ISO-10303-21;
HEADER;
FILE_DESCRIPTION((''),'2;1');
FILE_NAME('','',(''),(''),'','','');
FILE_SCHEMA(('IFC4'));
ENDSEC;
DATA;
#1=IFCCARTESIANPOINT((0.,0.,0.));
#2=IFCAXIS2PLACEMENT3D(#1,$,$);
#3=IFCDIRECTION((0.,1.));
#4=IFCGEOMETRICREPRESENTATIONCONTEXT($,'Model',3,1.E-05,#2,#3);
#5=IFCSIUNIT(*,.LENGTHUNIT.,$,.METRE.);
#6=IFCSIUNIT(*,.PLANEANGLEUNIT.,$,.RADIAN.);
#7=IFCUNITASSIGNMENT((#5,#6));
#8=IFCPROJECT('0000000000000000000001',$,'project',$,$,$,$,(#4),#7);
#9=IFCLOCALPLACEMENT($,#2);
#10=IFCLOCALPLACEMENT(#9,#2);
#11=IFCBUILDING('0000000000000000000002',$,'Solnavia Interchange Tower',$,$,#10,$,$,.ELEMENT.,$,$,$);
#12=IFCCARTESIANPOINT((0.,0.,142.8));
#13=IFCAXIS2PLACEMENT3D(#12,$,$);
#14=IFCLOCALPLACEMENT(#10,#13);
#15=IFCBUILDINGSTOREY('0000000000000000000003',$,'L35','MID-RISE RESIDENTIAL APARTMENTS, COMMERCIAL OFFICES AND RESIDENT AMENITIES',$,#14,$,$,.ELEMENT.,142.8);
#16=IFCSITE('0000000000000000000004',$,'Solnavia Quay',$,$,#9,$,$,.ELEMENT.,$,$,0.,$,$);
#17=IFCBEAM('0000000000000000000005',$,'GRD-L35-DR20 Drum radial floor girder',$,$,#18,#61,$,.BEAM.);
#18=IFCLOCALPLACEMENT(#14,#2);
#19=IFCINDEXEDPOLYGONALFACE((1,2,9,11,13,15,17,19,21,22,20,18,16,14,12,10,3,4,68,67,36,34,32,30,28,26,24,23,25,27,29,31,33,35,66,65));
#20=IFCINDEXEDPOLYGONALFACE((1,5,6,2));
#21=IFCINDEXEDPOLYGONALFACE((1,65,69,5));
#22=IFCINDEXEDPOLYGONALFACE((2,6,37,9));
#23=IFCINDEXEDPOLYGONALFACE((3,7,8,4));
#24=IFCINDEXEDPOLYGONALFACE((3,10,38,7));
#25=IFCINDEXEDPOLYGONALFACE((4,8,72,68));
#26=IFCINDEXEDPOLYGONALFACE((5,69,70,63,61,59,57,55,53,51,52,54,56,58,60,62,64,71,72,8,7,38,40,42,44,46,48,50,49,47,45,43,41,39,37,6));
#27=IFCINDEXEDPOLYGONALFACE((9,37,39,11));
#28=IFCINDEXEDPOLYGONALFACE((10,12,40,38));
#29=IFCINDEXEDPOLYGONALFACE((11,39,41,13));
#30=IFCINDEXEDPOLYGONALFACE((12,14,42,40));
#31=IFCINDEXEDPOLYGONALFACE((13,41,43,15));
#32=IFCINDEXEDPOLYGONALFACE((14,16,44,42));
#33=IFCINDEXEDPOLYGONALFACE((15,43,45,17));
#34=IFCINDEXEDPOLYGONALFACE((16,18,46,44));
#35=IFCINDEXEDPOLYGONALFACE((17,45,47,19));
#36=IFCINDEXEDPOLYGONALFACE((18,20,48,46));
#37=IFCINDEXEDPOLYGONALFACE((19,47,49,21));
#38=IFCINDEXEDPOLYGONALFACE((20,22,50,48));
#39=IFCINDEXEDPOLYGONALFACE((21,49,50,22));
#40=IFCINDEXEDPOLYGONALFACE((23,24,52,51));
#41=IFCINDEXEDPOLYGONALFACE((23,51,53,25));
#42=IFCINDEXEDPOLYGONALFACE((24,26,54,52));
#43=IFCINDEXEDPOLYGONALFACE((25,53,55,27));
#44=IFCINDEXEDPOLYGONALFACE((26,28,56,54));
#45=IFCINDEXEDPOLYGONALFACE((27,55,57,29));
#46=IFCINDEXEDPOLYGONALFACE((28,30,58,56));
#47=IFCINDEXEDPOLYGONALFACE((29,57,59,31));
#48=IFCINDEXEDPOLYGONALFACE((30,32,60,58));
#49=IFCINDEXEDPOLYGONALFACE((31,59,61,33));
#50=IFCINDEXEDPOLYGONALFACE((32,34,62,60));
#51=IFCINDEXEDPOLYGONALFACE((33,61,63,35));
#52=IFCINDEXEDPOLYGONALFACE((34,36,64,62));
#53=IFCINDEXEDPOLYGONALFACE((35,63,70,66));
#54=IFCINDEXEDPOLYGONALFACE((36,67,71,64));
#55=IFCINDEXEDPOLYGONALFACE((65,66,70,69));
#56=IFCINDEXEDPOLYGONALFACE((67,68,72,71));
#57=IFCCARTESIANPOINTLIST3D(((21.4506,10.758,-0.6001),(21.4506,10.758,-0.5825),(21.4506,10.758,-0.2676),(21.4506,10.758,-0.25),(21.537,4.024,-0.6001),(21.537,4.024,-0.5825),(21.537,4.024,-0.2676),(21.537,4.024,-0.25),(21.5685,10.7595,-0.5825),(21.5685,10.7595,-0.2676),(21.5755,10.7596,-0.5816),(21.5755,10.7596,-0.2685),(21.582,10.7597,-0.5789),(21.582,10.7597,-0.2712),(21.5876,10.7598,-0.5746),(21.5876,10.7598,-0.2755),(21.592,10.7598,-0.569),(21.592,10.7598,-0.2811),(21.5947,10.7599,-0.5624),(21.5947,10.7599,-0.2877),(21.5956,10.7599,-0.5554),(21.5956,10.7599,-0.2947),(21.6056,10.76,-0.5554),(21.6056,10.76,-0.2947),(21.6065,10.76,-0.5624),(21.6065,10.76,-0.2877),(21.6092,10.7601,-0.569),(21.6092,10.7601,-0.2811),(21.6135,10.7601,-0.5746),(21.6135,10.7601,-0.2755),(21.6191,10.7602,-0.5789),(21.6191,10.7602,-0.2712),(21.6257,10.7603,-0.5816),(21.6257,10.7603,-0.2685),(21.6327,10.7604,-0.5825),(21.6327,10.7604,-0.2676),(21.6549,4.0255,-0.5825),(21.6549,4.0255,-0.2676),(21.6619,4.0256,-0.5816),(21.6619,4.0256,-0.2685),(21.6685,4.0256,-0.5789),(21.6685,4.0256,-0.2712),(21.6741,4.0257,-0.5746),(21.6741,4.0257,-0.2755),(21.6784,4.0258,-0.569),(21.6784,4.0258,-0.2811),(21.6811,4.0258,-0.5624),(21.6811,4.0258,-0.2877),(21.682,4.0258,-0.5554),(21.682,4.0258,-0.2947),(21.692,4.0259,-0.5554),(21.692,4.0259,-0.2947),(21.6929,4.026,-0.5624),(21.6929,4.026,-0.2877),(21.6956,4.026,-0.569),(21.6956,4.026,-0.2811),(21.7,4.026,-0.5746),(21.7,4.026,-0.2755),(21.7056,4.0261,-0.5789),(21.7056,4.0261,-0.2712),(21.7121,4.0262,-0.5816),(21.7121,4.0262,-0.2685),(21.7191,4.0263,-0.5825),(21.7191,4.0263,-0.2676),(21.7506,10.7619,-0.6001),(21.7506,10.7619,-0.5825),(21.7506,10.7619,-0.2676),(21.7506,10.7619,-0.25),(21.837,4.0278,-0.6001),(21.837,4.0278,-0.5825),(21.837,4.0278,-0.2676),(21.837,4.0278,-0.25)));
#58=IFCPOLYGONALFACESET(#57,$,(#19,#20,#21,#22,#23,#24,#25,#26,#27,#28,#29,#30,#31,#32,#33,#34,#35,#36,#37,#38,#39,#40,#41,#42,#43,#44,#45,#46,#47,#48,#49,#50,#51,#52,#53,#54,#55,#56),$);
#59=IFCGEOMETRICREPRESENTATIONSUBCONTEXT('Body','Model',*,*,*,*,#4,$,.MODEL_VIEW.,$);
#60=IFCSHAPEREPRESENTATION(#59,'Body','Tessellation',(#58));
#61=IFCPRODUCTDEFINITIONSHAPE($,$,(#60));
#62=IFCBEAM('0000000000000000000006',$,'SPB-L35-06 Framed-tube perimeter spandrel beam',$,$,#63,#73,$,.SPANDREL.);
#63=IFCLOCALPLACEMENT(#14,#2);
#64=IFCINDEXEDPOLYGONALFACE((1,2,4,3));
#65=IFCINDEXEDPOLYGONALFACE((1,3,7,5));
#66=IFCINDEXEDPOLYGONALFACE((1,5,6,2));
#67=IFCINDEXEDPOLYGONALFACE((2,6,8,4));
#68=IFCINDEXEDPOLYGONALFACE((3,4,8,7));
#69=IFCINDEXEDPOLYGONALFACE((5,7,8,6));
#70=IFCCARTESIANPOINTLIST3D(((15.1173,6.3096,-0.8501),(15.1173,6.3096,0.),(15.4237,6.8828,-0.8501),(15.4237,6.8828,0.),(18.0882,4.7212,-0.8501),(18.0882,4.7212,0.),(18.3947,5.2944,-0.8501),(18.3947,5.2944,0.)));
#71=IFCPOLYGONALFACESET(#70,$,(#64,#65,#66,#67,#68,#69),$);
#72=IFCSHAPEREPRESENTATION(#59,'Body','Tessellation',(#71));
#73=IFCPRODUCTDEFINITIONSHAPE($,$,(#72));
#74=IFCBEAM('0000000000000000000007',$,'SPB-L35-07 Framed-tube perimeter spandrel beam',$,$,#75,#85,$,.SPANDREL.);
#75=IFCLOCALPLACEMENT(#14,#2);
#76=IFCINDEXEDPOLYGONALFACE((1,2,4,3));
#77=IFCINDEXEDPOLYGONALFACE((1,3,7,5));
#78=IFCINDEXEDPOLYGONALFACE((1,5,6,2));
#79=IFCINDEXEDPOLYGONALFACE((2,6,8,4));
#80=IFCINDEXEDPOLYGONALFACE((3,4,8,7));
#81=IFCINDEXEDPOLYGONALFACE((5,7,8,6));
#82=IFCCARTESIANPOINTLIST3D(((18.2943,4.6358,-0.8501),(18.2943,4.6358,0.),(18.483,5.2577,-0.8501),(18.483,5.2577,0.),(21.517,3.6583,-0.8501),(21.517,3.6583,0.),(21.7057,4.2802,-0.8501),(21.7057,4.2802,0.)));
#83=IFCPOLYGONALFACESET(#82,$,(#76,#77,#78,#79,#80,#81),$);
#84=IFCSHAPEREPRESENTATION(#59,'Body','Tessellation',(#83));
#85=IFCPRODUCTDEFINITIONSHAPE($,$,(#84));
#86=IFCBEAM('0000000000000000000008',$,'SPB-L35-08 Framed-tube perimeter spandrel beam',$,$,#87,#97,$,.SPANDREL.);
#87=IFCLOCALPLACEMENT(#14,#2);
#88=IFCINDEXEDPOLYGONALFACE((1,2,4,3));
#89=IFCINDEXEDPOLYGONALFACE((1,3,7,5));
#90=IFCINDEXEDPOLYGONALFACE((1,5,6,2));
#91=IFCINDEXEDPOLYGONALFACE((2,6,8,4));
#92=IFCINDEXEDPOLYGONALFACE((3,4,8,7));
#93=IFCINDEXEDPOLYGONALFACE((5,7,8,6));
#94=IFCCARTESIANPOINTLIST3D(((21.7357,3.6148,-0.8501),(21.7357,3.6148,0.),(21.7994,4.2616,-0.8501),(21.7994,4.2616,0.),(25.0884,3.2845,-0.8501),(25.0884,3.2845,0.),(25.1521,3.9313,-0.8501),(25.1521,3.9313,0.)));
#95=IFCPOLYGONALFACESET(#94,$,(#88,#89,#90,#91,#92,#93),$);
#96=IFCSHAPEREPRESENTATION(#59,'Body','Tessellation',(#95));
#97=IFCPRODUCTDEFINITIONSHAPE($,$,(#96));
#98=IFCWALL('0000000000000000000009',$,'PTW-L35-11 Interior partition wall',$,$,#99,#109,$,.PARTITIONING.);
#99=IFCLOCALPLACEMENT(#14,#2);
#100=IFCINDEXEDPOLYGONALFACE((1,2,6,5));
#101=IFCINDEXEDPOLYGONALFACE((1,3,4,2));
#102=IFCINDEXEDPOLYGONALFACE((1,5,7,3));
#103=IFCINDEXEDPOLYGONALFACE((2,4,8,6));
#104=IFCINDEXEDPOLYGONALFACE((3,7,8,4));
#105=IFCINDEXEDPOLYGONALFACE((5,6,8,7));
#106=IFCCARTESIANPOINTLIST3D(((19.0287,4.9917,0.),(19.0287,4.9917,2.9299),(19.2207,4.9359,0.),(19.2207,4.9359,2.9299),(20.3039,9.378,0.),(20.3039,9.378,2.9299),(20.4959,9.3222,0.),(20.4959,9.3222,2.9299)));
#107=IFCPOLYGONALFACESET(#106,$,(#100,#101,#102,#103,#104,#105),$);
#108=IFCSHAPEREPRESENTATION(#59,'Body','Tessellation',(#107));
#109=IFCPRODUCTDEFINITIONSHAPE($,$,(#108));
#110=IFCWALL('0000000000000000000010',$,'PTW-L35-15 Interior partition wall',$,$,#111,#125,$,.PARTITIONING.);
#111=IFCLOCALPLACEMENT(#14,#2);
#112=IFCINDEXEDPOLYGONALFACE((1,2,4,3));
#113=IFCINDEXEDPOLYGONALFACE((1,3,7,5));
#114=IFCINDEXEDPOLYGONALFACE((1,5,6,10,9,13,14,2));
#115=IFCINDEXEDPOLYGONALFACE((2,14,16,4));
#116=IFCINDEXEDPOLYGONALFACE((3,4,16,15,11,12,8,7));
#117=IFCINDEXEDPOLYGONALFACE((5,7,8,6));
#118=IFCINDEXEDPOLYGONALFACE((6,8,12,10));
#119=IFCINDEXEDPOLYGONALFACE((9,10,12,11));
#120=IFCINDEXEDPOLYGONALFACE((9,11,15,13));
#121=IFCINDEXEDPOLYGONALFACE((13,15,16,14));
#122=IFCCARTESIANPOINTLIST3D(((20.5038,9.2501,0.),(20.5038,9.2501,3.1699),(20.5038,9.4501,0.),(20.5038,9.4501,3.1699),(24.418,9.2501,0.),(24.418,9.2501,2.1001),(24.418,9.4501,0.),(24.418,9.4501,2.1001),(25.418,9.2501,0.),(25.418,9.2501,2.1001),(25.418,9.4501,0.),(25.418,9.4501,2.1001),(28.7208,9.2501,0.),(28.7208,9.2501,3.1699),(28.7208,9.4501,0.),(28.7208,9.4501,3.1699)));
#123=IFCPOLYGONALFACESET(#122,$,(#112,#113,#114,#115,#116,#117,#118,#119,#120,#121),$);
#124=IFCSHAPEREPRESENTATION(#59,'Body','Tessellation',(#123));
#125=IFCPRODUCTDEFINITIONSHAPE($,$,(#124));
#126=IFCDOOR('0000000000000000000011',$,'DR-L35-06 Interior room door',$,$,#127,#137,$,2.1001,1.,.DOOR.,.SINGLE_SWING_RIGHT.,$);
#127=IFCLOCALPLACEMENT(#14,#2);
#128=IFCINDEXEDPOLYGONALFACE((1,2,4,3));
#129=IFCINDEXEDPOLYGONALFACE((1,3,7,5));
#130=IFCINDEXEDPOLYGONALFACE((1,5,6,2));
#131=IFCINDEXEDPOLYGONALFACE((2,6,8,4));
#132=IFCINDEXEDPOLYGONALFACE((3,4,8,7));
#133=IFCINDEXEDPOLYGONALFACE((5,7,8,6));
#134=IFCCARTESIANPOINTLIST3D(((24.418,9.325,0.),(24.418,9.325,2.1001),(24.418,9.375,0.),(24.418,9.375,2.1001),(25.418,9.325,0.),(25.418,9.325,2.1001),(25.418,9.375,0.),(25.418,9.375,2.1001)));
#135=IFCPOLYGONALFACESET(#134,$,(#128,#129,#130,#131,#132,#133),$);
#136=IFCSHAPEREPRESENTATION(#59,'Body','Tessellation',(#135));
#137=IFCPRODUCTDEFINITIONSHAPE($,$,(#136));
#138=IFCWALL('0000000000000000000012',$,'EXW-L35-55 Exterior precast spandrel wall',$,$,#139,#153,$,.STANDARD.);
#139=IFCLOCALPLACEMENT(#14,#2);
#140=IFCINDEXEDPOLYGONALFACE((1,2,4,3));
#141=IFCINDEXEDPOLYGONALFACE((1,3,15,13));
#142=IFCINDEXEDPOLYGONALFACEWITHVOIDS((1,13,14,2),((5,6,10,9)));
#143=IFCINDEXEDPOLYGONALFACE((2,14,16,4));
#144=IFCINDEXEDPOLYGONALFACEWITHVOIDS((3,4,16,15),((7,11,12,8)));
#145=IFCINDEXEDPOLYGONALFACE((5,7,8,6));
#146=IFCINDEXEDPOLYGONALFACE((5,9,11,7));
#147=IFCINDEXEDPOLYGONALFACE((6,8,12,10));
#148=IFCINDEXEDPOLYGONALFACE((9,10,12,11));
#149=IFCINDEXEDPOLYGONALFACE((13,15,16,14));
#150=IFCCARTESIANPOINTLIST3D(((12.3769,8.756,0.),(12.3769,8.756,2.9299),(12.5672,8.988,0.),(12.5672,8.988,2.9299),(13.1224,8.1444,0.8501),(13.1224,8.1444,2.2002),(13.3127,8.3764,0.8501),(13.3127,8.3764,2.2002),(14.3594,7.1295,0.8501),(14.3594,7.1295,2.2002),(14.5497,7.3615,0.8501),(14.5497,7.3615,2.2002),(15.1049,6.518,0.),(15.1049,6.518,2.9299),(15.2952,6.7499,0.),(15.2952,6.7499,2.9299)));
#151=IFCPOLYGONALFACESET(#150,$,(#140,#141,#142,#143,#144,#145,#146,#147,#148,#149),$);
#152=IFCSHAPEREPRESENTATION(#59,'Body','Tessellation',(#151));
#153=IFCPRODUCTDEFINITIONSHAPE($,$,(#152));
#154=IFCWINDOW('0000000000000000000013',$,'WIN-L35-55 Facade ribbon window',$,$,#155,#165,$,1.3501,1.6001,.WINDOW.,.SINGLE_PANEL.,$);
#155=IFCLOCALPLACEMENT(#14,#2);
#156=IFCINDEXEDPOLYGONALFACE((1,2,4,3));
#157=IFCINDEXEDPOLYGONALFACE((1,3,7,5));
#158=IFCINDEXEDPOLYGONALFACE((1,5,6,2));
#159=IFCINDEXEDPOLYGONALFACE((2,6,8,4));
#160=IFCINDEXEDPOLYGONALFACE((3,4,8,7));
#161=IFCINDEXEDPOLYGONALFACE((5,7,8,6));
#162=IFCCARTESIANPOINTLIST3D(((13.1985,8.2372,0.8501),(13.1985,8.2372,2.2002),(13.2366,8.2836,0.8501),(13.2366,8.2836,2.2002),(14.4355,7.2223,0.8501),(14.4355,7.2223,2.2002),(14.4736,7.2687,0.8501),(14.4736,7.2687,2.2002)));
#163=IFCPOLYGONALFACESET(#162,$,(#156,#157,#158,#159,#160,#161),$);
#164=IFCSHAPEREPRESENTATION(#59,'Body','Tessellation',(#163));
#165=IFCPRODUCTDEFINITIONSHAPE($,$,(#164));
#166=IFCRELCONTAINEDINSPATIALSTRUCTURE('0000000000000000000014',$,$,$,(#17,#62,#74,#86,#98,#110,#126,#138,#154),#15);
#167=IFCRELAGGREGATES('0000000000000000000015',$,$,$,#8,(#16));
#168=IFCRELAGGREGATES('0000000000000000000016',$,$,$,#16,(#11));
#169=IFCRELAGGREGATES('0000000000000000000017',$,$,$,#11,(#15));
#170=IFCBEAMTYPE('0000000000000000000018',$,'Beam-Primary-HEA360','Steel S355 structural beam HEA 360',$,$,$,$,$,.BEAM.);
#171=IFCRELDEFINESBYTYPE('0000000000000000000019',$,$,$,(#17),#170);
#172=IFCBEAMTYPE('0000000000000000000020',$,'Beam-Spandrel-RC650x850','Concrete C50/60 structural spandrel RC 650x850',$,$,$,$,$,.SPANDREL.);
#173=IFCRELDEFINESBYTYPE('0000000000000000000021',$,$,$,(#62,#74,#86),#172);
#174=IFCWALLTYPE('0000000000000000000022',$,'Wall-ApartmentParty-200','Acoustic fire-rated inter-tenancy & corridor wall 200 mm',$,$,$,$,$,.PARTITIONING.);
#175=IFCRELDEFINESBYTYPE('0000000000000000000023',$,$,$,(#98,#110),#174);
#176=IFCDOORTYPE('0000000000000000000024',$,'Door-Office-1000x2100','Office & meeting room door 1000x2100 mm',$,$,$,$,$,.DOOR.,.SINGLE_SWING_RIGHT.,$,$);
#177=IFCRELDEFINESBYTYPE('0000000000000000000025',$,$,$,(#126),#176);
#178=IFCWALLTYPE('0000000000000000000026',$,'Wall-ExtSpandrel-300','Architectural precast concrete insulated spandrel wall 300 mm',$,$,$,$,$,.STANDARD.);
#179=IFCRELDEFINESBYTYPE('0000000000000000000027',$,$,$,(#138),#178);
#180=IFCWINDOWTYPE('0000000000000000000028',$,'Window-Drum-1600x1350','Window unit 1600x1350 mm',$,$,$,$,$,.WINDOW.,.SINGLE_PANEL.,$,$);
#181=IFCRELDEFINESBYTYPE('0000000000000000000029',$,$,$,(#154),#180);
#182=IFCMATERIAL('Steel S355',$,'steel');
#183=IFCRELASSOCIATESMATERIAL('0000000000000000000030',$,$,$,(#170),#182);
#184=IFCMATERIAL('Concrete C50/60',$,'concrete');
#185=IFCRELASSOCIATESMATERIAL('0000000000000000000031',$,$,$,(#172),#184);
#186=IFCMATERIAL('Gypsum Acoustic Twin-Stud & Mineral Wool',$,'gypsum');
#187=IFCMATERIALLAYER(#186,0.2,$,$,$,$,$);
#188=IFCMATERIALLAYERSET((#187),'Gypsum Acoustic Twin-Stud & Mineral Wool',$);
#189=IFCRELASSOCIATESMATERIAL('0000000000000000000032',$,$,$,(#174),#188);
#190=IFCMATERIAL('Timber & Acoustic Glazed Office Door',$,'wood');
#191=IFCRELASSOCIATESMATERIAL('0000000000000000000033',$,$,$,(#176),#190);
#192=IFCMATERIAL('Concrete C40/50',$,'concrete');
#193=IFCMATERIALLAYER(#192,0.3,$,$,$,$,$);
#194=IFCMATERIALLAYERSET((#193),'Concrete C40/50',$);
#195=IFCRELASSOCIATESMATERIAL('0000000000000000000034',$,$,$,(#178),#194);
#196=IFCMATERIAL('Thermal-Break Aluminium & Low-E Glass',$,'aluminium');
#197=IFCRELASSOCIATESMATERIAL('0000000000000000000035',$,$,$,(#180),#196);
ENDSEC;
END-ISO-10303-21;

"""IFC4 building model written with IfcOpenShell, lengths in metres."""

from ifc_helpers import new_model, si_unit, direction, frame, frame_2d, origin, origin_2d, place, context, subcontext, project, spatial, rectangle, i_section, extrude, material, layer, layer_set, material_profile, profile_set, type_object, element, fill, save


model = new_model("IFC4")

# Units and contexts
model_context = context("Model", 3, precision=1e-05, world=origin(), true_north=direction((0.0, 1.0)))
body_context = subcontext(model_context, "Body", "Model", "MODEL_VIEW")
ifc_project = project(units=[si_unit("LENGTHUNIT", "METRE"), si_unit("PLANEANGLEUNIT", "RADIAN")], contexts=[model_context])

# Site, building, storey
site_placement = place(None, origin())
site = spatial("IfcSite", under=ifc_project, at=site_placement, Name="Solnavia Quay", CompositionType="ELEMENT", RefElevation=0.0)
building_placement = place(site_placement, origin())
building = spatial("IfcBuilding", under=site, at=building_placement, Name="Solnavia Interchange Tower", CompositionType="ELEMENT")
storey_placement = place(building_placement, frame((0.0, 0.0, 142.8)))
storey = spatial("IfcBuildingStorey", under=building, at=storey_placement, Name="L35", Description="MID-RISE RESIDENTIAL APARTMENTS, COMMERCIAL OFFICES AND RESIDENT AMENITIES", CompositionType="ELEMENT", Elevation=142.8)

# Shared definitions
ifc_material_1 = material(Name="Concrete C50/60", Category="concrete")
ifc_material_2 = material(Name="Steel S355", Category="steel")

# Beams
ifc_material_profile_1 = material_profile(ifc_material_2, i_section(OverallWidth=0.3, OverallDepth=0.3501, WebThickness=0.01, FlangeThickness=0.0176, FilletRadius=0.0271, at=origin_2d()), Name="HEA 360")
ifc_profile_set_1 = profile_set([ifc_material_profile_1], Name="Steel S355")
beam_type_1 = type_object("IfcBeamType", Name="Beam-Primary-HEA360", Description="Steel S355 structural beam HEA 360", PredefinedType="BEAM", material=ifc_profile_set_1)
beam_1_placement = place(storey_placement, frame((21.687, 4.0259, -0.425), z_axis=(-0.012833, 0.999918, 0.0), x_axis=(-0.999918, -0.012833, 0.0)))
element("IfcBeam", 1, at=beam_1_placement, inside=storey, type_object=beam_type_1, Name="GRD-L35-DR20 Drum radial floor girder", PredefinedType="BEAM", context=body_context, shape_type="SweptSolid", body=[
    extrude(i_section(OverallWidth=0.3, OverallDepth=0.3501, WebThickness=0.01, FlangeThickness=0.0176, FilletRadius=0.0271, at=origin_2d()), origin(), (0.0, 0.0, 1.0), 6.7346),
])
ifc_material_profile_2 = material_profile(ifc_material_1, rectangle(XDim=0.6499, YDim=0.8501, at=origin_2d()), Name="RC 650x850")
ifc_profile_set_2 = profile_set([ifc_material_profile_2], Name="Concrete C50/60")
beam_type_2 = type_object("IfcBeamType", Name="Beam-Spandrel-RC650x850", Description="Concrete C50/60 structural spandrel RC 650x850", PredefinedType="SPANDREL", material=ifc_profile_set_2)
beam_2_placement = place(storey_placement, frame((15.2705, 6.5962, -0.425), z_axis=(0.881875, -0.471483, 0.0), x_axis=(0.471483, 0.881875, 0.0)))
element("IfcBeam", 2, at=beam_2_placement, inside=storey, type_object=beam_type_2, Name="SPB-L35-06 Framed-tube perimeter spandrel beam", PredefinedType="SPANDREL", context=body_context, shape_type="SweptSolid", body=[
    extrude(rectangle(XDim=0.6499, YDim=0.8501, at=origin_2d()), origin(), (0.0, 0.0, 1.0), 3.3689),
])
beam_3_placement = place(storey_placement, frame((18.3887, 4.9468, -0.425), z_axis=(0.956944, -0.290273, 0.0), x_axis=(0.290273, 0.956944, 0.0)))
element("IfcBeam", 3, at=beam_3_placement, inside=storey, type_object=beam_type_2, Name="SPB-L35-07 Framed-tube perimeter spandrel beam", PredefinedType="SPANDREL", context=body_context, shape_type="SweptSolid", body=[
    extrude(rectangle(XDim=0.6499, YDim=0.8501, at=origin_2d()), origin(), (0.0, 0.0, 1.0), 3.3677),
])
beam_4_placement = place(storey_placement, frame((21.7676, 3.9382, -0.425), z_axis=(0.995182, -0.098047, 0.0), x_axis=(0.098047, 0.995182, 0.0)))
element("IfcBeam", 4, at=beam_4_placement, inside=storey, type_object=beam_type_2, Name="SPB-L35-08 Framed-tube perimeter spandrel beam", PredefinedType="SPANDREL", context=body_context, shape_type="SweptSolid", body=[
    extrude(rectangle(XDim=0.6499, YDim=0.8501, at=origin_2d()), origin(), (0.0, 0.0, 1.0), 3.3689),
])

# Wall
ifc_material_3 = material(Name="Gypsum Acoustic Twin-Stud & Mineral Wool", Category="gypsum")
ifc_layer_1 = layer(ifc_material_3, 0.2)
ifc_layer_set_1 = layer_set([ifc_layer_1], Name="Gypsum Acoustic Twin-Stud & Mineral Wool")
wall_type_1 = type_object("IfcWallType", Name="Wall-ApartmentParty-200", Description="Acoustic fire-rated inter-tenancy & corridor wall 200 mm", PredefinedType="PARTITIONING", material=ifc_layer_set_1)
wall_1_placement = place(storey_placement, frame((20.3999, 9.3501, 0.0), z_axis=(0.0, 0.0, 1.0), x_axis=(-0.279158, -0.960245, 0.0)))
element("IfcWall", 5, at=wall_1_placement, inside=storey, type_object=wall_type_1, Name="PTW-L35-11 Interior partition wall", PredefinedType="PARTITIONING", context=body_context, shape_type="SweptSolid", body=[
    extrude(rectangle(XDim=4.5679, YDim=0.2, at=frame_2d((2.2839, 0.0))), origin(), (0.0, 0.0, 1.0), 2.9299),
])

# Wall, opening, door
wall_2_placement = place(storey_placement, frame((20.5039, 9.3501, 0.0), z_axis=(0.0, 0.0, 1.0), x_axis=(1.0, 0.0, 0.0)))
wall_2 = element("IfcWall", 6, at=wall_2_placement, inside=storey, type_object=wall_type_1, Name="PTW-L35-15 Interior partition wall", PredefinedType="PARTITIONING", context=body_context, shape_type="SweptSolid", body=[
    extrude(rectangle(XDim=8.217, YDim=0.2, at=frame_2d((4.1084, 0.0))), origin(), (0.0, 0.0, 1.0), 3.1699),
])
opening_1_placement = place(wall_2_placement, frame((3.9141, 0.0, 0.0)))
opening_1 = element("IfcOpeningElement", 7, at=opening_1_placement, cuts=wall_2, PredefinedType="OPENING", context=body_context, shape_type="SweptSolid", body=[
    extrude(rectangle(XDim=1.0, YDim=2.1001, at=frame_2d((0.5, 1.05))), frame((0.0, 0.1099, 0.0), z_axis=(0.0, -1.0, 0.0), x_axis=(1.0, 0.0, 0.0)), (0.0, 0.0, 1.0), 0.22),
])
ifc_material_4 = material(Name="Timber & Acoustic Glazed Office Door", Category="wood")
door_type = type_object("IfcDoorType", Name="Door-Office-1000x2100", Description="Office & meeting room door 1000x2100 mm", OperationType="SINGLE_SWING_RIGHT", PredefinedType="DOOR", material=ifc_material_4)
door_placement = place(opening_1_placement, origin())
door = element("IfcDoor", 8, at=door_placement, inside=storey, type_object=door_type, Name="DR-L35-06 Interior room door", OperationType="SINGLE_SWING_RIGHT", OverallHeight=2.1001, OverallWidth=1.0, PredefinedType="DOOR", context=body_context, shape_type="SweptSolid", body=[
    extrude(rectangle(XDim=1.0, YDim=2.1001, at=frame_2d((0.5, 1.05))), frame((0.0, 0.0249, 0.0), z_axis=(0.0, -1.0, 0.0), x_axis=(1.0, 0.0, 0.0)), (0.0, 0.0, 1.0), 0.05),
])
fill(opening_1, door)

# Wall, opening, window
ifc_material_5 = material(Name="Concrete C40/50", Category="concrete")
ifc_layer_2 = layer(ifc_material_5, 0.3)
ifc_layer_set_2 = layer_set([ifc_layer_2], Name="Concrete C40/50")
wall_type_2 = type_object("IfcWallType", Name="Wall-ExtSpandrel-300", Description="Architectural precast concrete insulated spandrel wall 300 mm", PredefinedType="STANDARD", material=ifc_layer_set_2)
wall_3_placement = place(storey_placement, frame((15.2, 6.634, 0.0), z_axis=(0.0, 0.0, 1.0), x_axis=(-0.773121, 0.634258, 0.0)))
wall_3 = element("IfcWall", 9, at=wall_3_placement, inside=storey, type_object=wall_type_2, Name="EXW-L35-55 Exterior precast spandrel wall", PredefinedType="STANDARD", context=body_context, shape_type="SweptSolid", body=[
    extrude(rectangle(XDim=3.5286, YDim=0.3, at=frame_2d((1.7642, 0.0))), origin(), (0.0, 0.0, 1.0), 2.9299),
])
opening_2_placement = place(wall_3_placement, frame((0.9641, 0.0, 0.8501)))
opening_2 = element("IfcOpeningElement", 10, at=opening_2_placement, cuts=wall_3, PredefinedType="OPENING", context=body_context, shape_type="SweptSolid", body=[
    extrude(rectangle(XDim=1.6001, YDim=1.3501, at=frame_2d((0.8, 0.675))), frame((0.0, 0.1602, 0.0), z_axis=(0.0, -1.0, 0.0), x_axis=(1.0, 0.0, 0.0)), (0.0, 0.0, 1.0), 0.3201),
])
ifc_material_6 = material(Name="Thermal-Break Aluminium & Low-E Glass", Category="aluminium")
window_type = type_object("IfcWindowType", Name="Window-Drum-1600x1350", Description="Window unit 1600x1350 mm", PartitioningType="SINGLE_PANEL", PredefinedType="WINDOW", material=ifc_material_6)
window_1_placement = place(opening_2_placement, origin())
window_1 = element("IfcWindow", 11, at=window_1_placement, inside=storey, type_object=window_type, Name="WIN-L35-55 Facade ribbon window", OverallHeight=1.3501, OverallWidth=1.6001, PartitioningType="SINGLE_PANEL", PredefinedType="WINDOW", context=body_context, shape_type="SweptSolid", body=[
    extrude(rectangle(XDim=1.6001, YDim=1.3501, at=frame_2d((0.8, 0.675))), frame((0.0, 0.03, 0.0), z_axis=(0.0, -1.0, 0.0), x_axis=(1.0, 0.0, 0.0)), (0.0, 0.0, 1.0), 0.0601),
])
fill(opening_2, window_1)

save(model, "model.ifc")
